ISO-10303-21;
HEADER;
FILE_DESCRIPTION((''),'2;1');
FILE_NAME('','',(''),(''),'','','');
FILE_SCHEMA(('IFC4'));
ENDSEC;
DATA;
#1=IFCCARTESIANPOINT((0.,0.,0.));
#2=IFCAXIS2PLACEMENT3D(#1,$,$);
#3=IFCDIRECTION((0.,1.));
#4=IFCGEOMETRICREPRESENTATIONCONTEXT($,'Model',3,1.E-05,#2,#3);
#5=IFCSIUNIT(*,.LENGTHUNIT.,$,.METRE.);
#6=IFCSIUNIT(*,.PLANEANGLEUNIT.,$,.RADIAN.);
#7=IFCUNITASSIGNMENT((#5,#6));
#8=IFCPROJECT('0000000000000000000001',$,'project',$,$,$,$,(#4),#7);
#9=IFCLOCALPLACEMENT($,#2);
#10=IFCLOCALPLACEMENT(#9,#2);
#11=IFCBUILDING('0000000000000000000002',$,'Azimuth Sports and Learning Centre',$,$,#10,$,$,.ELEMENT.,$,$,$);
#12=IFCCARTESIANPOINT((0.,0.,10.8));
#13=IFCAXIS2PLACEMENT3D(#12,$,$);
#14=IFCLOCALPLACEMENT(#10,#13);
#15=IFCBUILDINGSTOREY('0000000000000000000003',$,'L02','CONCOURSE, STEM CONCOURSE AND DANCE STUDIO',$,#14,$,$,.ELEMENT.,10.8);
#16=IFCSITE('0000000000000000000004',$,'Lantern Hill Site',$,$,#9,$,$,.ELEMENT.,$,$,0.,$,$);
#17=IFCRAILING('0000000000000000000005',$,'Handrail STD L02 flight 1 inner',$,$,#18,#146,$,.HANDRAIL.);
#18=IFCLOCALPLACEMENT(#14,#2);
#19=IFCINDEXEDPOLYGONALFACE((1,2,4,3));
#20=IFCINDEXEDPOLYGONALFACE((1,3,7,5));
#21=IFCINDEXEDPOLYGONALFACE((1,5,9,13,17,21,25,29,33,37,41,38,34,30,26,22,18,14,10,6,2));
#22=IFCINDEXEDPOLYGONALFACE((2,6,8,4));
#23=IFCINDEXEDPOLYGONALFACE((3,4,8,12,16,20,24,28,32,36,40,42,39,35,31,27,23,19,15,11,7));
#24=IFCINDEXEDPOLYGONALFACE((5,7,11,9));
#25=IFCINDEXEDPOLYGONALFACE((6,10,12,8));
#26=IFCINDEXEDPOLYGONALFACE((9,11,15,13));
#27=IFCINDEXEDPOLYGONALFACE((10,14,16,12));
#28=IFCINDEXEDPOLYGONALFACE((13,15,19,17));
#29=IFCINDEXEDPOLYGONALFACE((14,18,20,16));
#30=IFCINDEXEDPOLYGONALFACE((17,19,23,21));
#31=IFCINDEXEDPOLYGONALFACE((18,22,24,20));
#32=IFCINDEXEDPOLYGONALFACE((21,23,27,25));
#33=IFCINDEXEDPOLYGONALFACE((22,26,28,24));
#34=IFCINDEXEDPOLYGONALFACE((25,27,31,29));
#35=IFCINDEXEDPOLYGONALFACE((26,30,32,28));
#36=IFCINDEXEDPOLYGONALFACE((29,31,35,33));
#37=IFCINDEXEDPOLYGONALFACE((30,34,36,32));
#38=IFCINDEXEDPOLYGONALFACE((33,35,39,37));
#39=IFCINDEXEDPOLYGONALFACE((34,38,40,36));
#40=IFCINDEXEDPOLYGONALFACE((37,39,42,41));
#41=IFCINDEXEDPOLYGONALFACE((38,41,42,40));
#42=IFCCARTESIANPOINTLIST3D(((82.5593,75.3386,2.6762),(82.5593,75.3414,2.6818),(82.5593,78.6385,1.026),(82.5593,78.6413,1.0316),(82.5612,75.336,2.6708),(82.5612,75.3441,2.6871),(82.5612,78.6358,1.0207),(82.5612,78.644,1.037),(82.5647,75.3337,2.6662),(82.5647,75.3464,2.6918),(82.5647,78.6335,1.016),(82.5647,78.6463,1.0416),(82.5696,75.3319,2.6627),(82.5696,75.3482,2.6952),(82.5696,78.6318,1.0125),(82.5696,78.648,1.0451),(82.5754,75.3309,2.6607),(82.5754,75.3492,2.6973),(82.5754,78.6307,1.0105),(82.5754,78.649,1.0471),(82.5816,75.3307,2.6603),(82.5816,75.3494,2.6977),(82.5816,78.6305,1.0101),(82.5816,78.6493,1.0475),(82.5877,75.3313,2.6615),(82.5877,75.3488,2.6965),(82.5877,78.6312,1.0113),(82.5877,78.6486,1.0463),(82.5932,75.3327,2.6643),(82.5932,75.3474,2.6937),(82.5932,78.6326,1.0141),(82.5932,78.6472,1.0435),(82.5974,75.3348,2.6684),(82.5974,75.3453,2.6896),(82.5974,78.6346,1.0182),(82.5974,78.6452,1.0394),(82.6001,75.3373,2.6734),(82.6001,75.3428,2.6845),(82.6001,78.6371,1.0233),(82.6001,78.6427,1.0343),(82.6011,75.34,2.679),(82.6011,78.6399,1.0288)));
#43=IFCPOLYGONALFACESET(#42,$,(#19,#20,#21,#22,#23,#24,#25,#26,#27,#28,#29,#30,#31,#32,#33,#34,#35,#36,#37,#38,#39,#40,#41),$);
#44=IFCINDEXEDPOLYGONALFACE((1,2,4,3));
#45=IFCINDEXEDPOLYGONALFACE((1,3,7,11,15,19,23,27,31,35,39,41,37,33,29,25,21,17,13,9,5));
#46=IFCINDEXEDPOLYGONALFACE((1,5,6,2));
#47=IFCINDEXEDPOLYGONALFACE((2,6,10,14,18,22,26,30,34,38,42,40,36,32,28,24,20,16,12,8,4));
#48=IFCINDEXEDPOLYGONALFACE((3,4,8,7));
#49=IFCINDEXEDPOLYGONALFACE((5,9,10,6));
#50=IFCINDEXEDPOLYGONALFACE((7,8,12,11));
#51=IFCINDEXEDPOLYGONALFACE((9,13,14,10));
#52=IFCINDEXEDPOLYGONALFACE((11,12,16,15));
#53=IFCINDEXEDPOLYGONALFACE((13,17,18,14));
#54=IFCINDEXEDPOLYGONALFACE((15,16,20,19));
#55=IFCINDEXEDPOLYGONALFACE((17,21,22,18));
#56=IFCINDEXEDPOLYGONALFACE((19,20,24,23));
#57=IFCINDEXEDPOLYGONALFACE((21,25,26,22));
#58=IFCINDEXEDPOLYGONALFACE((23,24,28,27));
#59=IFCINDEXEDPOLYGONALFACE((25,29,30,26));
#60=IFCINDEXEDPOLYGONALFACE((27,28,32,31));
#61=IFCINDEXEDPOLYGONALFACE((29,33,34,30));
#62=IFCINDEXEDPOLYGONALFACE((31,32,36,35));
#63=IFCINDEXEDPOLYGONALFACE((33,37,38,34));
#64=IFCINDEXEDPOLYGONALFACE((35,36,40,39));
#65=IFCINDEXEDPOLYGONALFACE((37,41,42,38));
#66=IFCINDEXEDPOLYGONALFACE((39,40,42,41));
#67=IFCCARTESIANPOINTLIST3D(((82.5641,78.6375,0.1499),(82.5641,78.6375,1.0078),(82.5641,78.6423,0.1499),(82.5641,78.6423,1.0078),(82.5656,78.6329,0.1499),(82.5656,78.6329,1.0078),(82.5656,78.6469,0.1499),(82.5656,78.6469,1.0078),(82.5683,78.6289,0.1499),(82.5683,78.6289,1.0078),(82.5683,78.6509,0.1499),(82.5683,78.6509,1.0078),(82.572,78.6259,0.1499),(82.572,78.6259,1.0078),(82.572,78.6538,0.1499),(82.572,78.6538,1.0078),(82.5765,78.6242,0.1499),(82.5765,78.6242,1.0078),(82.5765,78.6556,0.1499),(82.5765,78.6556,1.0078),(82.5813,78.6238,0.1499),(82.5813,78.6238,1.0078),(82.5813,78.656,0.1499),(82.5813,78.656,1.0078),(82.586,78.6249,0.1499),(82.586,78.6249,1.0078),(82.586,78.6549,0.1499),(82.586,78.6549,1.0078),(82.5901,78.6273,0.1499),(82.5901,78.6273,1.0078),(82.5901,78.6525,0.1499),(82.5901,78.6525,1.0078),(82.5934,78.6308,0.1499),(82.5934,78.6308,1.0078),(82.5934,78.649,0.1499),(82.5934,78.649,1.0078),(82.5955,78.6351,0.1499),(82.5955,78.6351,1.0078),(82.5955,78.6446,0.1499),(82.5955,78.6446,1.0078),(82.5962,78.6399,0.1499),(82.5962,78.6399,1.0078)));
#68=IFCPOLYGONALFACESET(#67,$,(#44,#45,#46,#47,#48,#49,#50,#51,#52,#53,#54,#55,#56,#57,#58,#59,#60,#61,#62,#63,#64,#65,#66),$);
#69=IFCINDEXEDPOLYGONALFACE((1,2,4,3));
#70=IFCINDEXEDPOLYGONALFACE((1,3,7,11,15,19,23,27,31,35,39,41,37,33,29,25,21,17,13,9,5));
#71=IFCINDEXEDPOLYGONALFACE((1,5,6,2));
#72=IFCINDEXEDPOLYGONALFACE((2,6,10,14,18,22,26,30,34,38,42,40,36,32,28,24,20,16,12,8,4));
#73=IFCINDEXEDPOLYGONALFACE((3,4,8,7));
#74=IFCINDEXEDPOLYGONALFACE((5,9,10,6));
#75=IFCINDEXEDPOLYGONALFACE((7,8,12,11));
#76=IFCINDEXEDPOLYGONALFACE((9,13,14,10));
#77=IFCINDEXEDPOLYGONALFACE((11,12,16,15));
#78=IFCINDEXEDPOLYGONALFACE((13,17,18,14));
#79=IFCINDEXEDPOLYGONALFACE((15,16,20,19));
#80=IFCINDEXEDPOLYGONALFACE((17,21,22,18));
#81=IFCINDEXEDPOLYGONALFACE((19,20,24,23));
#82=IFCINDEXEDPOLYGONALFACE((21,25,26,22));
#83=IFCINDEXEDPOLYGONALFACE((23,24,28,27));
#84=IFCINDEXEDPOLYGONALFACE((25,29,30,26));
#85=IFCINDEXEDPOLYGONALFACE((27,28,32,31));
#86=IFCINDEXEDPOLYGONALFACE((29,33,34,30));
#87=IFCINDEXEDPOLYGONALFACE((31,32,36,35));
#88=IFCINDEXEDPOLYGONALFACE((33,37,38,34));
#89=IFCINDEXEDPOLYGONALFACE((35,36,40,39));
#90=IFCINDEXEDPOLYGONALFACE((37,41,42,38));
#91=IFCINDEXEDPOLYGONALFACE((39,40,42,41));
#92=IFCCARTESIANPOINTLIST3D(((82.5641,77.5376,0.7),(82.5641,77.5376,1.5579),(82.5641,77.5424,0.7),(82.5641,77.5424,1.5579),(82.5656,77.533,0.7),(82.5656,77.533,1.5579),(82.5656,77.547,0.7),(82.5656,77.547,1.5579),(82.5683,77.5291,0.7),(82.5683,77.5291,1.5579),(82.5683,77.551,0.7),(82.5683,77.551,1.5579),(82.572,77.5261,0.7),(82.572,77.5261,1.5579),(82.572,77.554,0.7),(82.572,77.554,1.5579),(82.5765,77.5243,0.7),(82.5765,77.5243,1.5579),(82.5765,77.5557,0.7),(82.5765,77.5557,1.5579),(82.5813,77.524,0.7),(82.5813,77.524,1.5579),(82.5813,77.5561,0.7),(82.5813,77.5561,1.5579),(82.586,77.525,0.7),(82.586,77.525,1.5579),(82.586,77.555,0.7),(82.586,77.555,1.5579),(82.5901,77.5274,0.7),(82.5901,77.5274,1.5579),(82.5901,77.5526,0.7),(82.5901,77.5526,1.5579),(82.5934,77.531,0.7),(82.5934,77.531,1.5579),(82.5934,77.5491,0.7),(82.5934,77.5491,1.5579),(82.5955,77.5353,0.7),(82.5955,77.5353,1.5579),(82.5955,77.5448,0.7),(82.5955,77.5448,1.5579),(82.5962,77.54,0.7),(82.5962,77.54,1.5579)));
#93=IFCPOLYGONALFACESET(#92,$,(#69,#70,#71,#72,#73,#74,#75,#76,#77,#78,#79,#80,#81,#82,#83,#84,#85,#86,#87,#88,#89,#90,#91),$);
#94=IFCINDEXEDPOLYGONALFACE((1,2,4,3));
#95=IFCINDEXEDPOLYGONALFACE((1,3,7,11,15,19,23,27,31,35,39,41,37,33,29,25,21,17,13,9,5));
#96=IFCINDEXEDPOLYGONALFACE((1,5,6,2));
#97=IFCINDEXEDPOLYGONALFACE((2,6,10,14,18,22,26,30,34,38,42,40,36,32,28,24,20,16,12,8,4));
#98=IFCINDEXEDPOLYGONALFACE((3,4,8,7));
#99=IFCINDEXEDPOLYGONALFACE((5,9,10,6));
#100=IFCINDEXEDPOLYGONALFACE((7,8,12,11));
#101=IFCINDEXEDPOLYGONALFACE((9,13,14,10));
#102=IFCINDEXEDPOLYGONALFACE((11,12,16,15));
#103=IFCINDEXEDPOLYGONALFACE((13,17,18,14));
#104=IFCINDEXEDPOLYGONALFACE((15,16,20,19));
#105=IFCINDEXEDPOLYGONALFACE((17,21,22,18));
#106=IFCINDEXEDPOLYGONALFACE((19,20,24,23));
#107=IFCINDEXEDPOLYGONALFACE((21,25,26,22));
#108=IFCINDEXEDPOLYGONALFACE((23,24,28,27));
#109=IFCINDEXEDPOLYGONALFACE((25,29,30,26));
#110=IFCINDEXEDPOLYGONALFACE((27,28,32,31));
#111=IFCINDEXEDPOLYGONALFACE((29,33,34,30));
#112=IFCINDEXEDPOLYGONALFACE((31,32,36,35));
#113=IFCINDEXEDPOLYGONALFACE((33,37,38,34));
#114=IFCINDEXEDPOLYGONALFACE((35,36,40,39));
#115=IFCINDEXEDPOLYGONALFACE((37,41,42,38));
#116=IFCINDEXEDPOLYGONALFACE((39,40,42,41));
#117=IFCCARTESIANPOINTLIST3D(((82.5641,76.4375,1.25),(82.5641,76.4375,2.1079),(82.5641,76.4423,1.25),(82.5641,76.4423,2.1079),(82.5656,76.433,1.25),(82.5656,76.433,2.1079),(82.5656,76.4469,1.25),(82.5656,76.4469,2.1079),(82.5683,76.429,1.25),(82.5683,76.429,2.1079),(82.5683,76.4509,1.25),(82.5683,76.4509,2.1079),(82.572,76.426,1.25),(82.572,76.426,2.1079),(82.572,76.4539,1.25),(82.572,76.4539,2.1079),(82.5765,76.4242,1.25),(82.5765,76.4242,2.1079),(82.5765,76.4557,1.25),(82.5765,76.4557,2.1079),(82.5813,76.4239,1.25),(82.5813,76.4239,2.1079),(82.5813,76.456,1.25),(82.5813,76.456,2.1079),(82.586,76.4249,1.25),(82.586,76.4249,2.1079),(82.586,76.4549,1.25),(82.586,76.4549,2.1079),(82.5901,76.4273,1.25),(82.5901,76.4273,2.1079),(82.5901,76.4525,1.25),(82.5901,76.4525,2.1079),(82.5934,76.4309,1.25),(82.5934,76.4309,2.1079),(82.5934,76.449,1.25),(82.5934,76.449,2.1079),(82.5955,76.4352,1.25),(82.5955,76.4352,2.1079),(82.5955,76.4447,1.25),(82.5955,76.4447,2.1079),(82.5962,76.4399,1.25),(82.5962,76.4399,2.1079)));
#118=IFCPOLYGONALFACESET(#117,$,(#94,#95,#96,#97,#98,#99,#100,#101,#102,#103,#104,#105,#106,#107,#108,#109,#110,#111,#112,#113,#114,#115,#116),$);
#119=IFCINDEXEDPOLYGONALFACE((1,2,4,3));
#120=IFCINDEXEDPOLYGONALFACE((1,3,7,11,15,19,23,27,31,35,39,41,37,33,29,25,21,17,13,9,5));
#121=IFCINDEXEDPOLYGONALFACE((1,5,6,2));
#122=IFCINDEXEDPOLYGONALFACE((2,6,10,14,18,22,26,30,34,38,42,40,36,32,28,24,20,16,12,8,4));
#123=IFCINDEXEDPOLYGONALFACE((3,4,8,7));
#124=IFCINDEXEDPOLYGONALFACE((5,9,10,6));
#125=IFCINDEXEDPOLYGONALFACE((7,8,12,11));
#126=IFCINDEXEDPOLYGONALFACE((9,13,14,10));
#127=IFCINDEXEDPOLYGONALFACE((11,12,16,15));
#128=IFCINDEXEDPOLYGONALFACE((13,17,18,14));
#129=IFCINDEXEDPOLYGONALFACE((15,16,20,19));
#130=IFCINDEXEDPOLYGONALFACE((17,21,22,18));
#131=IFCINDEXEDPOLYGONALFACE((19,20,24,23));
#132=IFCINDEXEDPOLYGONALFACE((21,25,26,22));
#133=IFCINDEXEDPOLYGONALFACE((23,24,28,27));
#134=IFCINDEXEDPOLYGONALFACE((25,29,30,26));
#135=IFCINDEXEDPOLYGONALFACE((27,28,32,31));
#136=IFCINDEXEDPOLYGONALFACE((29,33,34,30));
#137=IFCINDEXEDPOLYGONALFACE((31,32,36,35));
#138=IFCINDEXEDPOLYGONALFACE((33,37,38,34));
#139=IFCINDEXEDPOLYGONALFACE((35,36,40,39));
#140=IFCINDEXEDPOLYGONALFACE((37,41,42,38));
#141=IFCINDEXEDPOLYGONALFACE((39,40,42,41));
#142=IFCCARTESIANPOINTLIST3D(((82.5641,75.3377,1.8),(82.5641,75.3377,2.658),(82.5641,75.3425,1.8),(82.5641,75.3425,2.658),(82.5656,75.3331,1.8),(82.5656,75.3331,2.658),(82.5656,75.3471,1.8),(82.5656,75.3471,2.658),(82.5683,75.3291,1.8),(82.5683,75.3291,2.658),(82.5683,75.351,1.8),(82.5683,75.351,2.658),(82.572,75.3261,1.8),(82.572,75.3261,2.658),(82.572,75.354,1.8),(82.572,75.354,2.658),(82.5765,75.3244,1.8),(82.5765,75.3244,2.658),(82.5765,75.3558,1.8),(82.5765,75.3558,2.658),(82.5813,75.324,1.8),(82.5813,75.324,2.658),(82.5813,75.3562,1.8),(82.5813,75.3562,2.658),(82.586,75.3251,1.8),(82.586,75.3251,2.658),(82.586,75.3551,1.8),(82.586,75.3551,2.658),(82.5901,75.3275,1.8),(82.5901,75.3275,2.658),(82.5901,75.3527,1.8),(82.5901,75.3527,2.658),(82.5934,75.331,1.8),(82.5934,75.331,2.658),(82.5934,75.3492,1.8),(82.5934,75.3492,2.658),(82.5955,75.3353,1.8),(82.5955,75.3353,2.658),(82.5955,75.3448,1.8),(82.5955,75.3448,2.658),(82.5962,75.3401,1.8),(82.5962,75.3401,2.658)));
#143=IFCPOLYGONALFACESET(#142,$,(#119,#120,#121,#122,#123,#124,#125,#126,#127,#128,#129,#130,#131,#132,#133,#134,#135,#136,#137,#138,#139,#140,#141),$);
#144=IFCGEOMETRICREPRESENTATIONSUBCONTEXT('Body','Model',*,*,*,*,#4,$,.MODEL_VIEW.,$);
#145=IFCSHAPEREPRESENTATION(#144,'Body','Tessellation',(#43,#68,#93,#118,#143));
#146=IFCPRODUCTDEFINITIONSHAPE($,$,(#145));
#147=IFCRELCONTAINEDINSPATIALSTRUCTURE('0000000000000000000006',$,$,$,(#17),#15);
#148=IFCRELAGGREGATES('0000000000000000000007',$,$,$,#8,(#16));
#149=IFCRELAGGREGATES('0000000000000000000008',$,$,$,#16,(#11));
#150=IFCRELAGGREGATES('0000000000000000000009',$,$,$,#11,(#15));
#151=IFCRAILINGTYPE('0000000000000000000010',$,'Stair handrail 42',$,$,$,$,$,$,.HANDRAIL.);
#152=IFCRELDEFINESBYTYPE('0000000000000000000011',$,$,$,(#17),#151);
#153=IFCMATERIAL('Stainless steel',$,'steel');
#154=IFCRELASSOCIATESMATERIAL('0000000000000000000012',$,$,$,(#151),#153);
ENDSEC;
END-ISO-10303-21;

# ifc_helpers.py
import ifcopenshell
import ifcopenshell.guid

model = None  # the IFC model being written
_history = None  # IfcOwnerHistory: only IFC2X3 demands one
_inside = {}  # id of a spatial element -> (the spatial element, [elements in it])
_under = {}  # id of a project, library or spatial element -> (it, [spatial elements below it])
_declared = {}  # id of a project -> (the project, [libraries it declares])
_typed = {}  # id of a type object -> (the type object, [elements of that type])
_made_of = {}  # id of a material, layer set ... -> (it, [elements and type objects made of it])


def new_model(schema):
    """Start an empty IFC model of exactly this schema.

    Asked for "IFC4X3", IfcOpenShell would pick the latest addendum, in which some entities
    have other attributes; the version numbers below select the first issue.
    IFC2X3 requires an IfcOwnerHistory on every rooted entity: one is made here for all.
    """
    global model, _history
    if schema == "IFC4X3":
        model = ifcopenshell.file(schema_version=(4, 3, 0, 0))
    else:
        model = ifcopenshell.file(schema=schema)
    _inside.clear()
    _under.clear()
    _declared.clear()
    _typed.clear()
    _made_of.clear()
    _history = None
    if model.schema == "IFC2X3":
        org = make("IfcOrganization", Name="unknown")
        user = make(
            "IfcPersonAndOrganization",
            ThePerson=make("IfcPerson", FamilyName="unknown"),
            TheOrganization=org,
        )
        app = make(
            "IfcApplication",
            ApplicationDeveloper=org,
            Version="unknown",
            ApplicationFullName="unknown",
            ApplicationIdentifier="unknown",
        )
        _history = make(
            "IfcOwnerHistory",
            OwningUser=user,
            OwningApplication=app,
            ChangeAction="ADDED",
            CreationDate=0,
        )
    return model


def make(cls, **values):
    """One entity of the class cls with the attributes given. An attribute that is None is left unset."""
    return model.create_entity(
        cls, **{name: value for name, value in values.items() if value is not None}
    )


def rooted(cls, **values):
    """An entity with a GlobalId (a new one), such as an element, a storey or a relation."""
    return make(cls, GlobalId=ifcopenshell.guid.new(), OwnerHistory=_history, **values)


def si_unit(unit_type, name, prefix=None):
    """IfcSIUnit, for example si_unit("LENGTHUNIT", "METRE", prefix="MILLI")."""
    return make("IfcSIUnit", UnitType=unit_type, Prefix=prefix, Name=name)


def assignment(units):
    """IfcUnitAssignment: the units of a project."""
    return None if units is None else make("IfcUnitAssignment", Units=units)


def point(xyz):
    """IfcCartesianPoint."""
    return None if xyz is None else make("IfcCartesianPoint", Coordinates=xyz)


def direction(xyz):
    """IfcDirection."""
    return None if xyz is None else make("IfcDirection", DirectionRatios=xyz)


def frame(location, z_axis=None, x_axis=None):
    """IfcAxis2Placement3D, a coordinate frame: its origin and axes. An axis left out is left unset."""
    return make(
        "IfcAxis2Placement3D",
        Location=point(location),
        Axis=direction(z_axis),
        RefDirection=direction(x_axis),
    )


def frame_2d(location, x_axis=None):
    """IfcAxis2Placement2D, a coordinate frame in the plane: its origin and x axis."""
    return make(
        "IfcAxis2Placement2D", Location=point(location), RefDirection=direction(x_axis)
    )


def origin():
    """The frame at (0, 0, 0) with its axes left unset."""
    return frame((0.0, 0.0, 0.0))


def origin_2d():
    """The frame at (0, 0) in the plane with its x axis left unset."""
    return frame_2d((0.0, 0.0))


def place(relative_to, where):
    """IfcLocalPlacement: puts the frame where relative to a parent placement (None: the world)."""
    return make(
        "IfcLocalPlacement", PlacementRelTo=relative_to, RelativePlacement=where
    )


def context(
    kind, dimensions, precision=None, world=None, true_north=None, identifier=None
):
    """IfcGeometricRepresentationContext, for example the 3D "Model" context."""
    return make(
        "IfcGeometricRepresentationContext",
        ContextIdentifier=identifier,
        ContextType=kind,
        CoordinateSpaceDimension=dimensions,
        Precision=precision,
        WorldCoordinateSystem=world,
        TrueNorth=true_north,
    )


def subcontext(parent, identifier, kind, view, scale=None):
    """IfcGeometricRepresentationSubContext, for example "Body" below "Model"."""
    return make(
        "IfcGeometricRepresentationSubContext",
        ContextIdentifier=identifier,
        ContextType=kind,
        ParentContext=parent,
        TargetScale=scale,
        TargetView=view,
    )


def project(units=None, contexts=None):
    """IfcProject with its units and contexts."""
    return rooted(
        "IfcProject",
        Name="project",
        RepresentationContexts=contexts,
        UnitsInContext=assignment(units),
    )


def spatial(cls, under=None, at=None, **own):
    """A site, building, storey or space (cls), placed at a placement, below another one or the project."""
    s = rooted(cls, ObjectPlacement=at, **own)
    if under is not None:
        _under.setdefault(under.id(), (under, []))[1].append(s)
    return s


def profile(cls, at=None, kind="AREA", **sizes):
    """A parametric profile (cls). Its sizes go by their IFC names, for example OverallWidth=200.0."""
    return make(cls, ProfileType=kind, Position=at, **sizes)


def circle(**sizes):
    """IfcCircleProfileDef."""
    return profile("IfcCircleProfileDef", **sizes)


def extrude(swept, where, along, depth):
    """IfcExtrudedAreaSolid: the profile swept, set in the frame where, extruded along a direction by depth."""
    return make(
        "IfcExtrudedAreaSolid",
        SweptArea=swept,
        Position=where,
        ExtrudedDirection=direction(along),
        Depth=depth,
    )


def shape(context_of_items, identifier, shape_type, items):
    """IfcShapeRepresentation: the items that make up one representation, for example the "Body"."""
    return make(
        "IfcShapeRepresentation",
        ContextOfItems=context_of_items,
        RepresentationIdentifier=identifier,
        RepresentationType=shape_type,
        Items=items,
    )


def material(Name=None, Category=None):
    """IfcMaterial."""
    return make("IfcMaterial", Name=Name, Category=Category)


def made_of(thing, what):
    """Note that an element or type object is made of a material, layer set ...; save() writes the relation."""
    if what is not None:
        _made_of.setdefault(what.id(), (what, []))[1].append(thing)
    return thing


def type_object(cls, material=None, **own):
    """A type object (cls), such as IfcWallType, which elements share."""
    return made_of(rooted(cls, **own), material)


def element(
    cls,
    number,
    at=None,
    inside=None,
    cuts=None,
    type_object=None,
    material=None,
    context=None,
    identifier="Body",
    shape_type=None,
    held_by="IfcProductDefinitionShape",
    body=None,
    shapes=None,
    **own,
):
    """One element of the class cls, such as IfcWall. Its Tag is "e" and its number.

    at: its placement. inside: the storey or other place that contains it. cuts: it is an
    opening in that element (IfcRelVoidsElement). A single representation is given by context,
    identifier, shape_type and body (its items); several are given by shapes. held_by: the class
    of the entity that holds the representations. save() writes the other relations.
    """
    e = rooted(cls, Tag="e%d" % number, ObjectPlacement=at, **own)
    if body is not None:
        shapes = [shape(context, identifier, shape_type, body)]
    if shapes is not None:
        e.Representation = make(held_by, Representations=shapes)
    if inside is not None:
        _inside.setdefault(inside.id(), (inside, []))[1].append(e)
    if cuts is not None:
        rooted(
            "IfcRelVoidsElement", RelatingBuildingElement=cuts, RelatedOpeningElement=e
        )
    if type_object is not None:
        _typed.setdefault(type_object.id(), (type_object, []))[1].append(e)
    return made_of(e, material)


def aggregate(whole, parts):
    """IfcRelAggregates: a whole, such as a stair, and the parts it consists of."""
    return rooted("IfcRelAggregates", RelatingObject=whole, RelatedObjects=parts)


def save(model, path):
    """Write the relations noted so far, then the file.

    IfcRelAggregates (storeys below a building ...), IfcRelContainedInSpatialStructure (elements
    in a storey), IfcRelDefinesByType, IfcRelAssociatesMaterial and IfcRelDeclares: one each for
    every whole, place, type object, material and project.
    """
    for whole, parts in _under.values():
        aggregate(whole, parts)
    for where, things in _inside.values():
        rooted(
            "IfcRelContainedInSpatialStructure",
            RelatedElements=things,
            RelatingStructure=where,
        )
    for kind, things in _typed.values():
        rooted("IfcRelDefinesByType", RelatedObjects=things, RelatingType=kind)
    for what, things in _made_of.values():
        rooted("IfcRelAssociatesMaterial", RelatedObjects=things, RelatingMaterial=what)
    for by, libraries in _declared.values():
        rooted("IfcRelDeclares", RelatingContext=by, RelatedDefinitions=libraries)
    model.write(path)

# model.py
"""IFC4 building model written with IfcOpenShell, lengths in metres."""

from ifc_helpers import new_model, si_unit, direction, frame, origin, origin_2d, place, context, subcontext, project, spatial, circle, extrude, material, type_object, element, save


model = new_model("IFC4")

# Units and contexts
model_context = context("Model", 3, precision=1e-05, world=origin(), true_north=direction((0.0, 1.0)))
body_context = subcontext(model_context, "Body", "Model", "MODEL_VIEW")
ifc_project = project(units=[si_unit("LENGTHUNIT", "METRE"), si_unit("PLANEANGLEUNIT", "RADIAN")], contexts=[model_context])

# Site, building, storey
site_placement = place(None, origin())
site = spatial("IfcSite", under=ifc_project, at=site_placement, Name="Lantern Hill Site", CompositionType="ELEMENT", RefElevation=0.0)
building_placement = place(site_placement, origin())
building = spatial("IfcBuilding", under=site, at=building_placement, Name="Azimuth Sports and Learning Centre", CompositionType="ELEMENT")
storey_placement = place(building_placement, frame((0.0, 0.0, 10.8)))
storey = spatial("IfcBuildingStorey", under=building, at=storey_placement, Name="L02", Description="CONCOURSE, STEM CONCOURSE AND DANCE STUDIO", CompositionType="ELEMENT", Elevation=10.8)

# Railing
ifc_material_1 = material(Name="Stainless steel", Category="steel")
railing_type_1 = type_object("IfcRailingType", Name="Stair handrail 42", PredefinedType="HANDRAIL", material=ifc_material_1)
for number, where, name in (
    (1, (82.5801, 78.6399, 0.1499), "Handrail STD L02 flight 1 inner"),
):
    element("IfcRailing", number, at=place(storey_placement, frame(where)), inside=storey, type_object=railing_type_1, Name=name, PredefinedType="HANDRAIL", context=body_context, shape_type="SweptSolid", body=[
        extrude(circle(Radius=0.021, at=origin_2d()), frame((0.0, 0.0, 0.8789), z_axis=(0.0, -0.894401, 0.447267), x_axis=(1.0, 0.0, 0.0)), (0.0, 0.0, 1.0), 3.6895),
        extrude(circle(Radius=0.0161, at=origin_2d()), origin(), (0.0, 0.0, 1.0), 0.8579),
        extrude(circle(Radius=0.0161, at=origin_2d()), frame((0.0, -1.0999, 0.55)), (0.0, 0.0, 1.0), 0.8579),
        extrude(circle(Radius=0.0161, at=origin_2d()), frame((0.0, -2.2, 1.1001)), (0.0, 0.0, 1.0), 0.8579),
        extrude(circle(Radius=0.0161, at=origin_2d()), frame((0.0, -3.2998, 1.6501)), (0.0, 0.0, 1.0), 0.8579),
    ])

save(model, "model.ifc")
